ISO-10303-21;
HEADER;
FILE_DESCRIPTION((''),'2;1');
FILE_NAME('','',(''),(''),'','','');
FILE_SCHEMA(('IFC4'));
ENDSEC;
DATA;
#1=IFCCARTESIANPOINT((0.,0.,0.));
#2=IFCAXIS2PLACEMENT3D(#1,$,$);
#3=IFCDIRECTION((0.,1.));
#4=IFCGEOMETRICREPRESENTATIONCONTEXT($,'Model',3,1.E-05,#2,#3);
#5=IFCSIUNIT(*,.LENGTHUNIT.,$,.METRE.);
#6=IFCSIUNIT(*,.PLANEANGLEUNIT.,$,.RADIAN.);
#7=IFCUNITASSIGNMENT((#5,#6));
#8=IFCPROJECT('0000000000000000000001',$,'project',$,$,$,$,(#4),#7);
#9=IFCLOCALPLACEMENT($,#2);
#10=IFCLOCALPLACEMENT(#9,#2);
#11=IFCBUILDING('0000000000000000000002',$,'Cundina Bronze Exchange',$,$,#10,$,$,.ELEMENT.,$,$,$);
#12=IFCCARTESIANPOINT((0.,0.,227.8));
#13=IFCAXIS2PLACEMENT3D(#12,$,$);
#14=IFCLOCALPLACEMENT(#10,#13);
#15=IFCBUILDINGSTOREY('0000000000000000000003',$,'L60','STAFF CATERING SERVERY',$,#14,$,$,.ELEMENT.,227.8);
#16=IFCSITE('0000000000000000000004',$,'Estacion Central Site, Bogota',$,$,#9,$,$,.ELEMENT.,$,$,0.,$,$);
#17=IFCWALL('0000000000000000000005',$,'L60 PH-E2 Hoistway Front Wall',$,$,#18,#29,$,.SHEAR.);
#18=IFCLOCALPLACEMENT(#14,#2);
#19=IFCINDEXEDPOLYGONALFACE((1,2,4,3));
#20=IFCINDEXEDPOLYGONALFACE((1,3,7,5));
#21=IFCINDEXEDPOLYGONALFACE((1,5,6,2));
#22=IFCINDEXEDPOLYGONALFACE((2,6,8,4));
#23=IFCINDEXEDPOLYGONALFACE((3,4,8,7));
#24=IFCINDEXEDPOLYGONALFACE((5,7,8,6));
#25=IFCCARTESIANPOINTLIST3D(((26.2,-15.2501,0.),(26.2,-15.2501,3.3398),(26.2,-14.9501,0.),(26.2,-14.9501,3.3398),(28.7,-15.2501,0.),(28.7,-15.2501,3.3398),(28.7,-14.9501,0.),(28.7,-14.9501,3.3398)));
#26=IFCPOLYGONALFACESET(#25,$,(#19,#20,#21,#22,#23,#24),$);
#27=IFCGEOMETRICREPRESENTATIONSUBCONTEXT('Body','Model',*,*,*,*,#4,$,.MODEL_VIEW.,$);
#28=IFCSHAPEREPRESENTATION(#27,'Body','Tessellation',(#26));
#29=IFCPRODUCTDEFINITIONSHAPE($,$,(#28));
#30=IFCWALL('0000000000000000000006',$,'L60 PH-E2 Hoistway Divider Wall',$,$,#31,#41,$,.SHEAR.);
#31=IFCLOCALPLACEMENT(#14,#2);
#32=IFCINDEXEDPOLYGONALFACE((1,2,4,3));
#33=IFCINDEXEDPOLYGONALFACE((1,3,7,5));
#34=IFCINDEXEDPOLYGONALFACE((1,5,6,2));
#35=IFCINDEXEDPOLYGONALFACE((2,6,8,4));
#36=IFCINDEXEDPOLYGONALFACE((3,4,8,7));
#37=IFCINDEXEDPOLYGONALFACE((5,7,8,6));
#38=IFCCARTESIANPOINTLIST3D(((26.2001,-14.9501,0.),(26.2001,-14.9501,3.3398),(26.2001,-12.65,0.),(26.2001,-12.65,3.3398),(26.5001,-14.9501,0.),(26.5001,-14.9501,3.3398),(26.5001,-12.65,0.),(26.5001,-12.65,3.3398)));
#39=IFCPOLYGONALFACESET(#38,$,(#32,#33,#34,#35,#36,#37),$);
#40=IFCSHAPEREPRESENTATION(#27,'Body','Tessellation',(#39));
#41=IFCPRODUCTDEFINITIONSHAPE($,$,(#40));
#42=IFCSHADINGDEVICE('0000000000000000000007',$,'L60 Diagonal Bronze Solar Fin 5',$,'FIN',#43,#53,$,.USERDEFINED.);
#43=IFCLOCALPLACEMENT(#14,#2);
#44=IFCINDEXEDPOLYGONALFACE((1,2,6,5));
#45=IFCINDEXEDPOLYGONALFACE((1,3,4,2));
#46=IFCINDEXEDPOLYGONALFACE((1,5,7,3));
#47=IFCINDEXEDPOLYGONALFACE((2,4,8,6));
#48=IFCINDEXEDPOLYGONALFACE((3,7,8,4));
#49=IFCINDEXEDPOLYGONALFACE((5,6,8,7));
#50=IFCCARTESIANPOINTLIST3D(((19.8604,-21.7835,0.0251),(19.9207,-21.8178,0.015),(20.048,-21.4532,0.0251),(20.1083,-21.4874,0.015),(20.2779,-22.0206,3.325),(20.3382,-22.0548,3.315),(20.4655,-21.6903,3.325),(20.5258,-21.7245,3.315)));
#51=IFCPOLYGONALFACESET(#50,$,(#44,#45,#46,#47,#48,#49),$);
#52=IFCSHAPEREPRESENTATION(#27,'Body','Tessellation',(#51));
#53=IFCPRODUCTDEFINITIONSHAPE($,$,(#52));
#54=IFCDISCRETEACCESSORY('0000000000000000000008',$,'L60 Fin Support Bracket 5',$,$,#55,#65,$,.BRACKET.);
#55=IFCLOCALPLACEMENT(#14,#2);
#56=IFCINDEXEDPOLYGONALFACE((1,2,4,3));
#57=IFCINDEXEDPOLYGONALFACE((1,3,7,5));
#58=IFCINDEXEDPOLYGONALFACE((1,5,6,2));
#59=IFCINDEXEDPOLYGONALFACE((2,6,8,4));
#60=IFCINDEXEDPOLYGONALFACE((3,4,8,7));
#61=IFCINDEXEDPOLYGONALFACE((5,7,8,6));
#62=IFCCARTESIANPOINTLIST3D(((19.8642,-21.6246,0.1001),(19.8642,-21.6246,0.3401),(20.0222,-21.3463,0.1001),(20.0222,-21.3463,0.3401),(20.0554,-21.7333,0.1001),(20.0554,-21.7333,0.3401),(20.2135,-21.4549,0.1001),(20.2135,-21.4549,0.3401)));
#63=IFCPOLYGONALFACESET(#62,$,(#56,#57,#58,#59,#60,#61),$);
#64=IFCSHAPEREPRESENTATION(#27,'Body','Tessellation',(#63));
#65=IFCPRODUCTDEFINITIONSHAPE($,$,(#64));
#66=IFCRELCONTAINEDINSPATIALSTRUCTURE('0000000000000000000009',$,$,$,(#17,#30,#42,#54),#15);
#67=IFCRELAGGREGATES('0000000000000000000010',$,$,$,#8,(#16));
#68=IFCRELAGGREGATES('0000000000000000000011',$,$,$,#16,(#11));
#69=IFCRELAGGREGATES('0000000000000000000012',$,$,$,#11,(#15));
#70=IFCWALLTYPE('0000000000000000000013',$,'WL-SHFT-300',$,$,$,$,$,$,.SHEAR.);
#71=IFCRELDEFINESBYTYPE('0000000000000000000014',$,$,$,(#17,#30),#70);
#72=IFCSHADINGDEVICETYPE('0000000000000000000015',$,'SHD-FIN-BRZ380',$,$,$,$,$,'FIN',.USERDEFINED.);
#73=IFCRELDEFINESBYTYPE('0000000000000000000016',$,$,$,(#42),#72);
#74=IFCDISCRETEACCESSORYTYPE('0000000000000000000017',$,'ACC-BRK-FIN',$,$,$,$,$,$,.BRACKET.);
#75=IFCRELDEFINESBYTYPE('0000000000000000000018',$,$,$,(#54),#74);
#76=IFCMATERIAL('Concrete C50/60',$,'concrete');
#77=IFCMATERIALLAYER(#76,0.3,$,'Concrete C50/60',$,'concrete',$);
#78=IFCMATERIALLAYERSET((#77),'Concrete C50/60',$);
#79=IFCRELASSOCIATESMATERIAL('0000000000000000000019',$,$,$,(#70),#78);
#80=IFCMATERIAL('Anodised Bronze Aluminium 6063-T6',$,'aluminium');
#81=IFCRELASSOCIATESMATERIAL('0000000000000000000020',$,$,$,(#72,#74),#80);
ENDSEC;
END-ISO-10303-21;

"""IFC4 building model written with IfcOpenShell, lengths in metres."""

from ifc_helpers import new_model, si_unit, direction, frame, frame_2d, origin, origin_2d, place, context, subcontext, project, spatial, rectangle, extrude, material, layer, layer_set, material_profile, profile_set, type_object, element, save


model = new_model("IFC4")

# Units and contexts
model_context = context("Model", 3, precision=1e-05, world=origin(), true_north=direction((0.0, 1.0)))
body_context = subcontext(model_context, "Body", "Model", "MODEL_VIEW")
ifc_project = project(units=[si_unit("LENGTHUNIT", "METRE"), si_unit("PLANEANGLEUNIT", "RADIAN")], contexts=[model_context])

# Site, building, storey
site_placement = place(None, origin())
site = spatial("IfcSite", under=ifc_project, at=site_placement, Name="Estacion Central Site, Bogota", CompositionType="ELEMENT", RefElevation=0.0)
building_placement = place(site_placement, origin())
building = spatial("IfcBuilding", under=site, at=building_placement, Name="Cundina Bronze Exchange", CompositionType="ELEMENT")
storey_placement = place(building_placement, frame((0.0, 0.0, 227.8)))
storey = spatial("IfcBuildingStorey", under=building, at=storey_placement, Name="L60", Description="STAFF CATERING SERVERY", CompositionType="ELEMENT", Elevation=227.8)

# Shared definitions
ifc_material_1 = material(Name="Concrete C50/60", Category="concrete")

# Shared definitions
ifc_material_2 = material(Name="Anodised Bronze Aluminium 6063-T6", Category="aluminium")

# Walls
ifc_layer_1 = layer(ifc_material_1, 0.3, Name="Concrete C50/60", Category="concrete")
ifc_layer_set_1 = layer_set([ifc_layer_1], Name="Concrete C50/60")
wall_type_1 = type_object("IfcWallType", Name="WL-SHFT-300", PredefinedType="SHEAR", material=ifc_layer_set_1)
wall_1_placement = place(storey_placement, frame((26.2, -15.1001, 0.0), z_axis=(0.0, 0.0, 1.0), x_axis=(1.0, 0.0, 0.0)))
element("IfcWall", 1, at=wall_1_placement, inside=storey, type_object=wall_type_1, Name="L60 PH-E2 Hoistway Front Wall", PredefinedType="SHEAR", context=body_context, shape_type="SweptSolid", body=[
    extrude(rectangle(XDim=2.5, YDim=0.3, at=frame_2d((1.25, 0.0))), origin(), (0.0, 0.0, 1.0), 3.3398),
])
wall_2_placement = place(storey_placement, frame((26.3501, -14.95, 0.0), z_axis=(0.0, 0.0, 1.0), x_axis=(0.0, 1.0, 0.0)))
element("IfcWall", 2, at=wall_2_placement, inside=storey, type_object=wall_type_1, Name="L60 PH-E2 Hoistway Divider Wall", PredefinedType="SHEAR", context=body_context, shape_type="SweptSolid", body=[
    extrude(rectangle(XDim=2.3, YDim=0.3, at=frame_2d((1.1499, 0.0))), origin(), (0.0, 0.0, 1.0), 3.3398),
])

# Shading device
ifc_material_profile_1 = material_profile(ifc_material_2, rectangle(XDim=0.0701, YDim=0.3799, at=origin_2d()), Name="FIN70X380", Category="aluminium")
ifc_profile_set_1 = profile_set([ifc_material_profile_1], Name="Anodised Bronze Aluminium 6063-T6")
shading_device_type = type_object("IfcShadingDeviceType", Name="SHD-FIN-BRZ380", ElementType="FIN", PredefinedType="USERDEFINED", material=ifc_profile_set_1)
shading_device_placement = place(storey_placement, frame((19.9844, -21.6355, 0.02), z_axis=(0.12519, -0.071087, 0.989583), x_axis=(-0.860527, 0.488638, 0.143965)))
element("IfcShadingDevice", 3, at=shading_device_placement, inside=storey, type_object=shading_device_type, Name="L60 Diagonal Bronze Solar Fin 5", ObjectType="FIN", PredefinedType="USERDEFINED", context=body_context, shape_type="SweptSolid", body=[
    extrude(rectangle(XDim=0.0701, YDim=0.3799, at=origin_2d()), origin(), (0.0, 0.0, 1.0), 3.3347),
])

# Discrete accessory
discrete_accessory_type = type_object("IfcDiscreteAccessoryType", Name="ACC-BRK-FIN", PredefinedType="BRACKET", material=ifc_material_2)
discrete_accessory_placement = place(storey_placement, frame((20.0388, -21.5398, 0.1001), z_axis=(0.0, 0.0, 1.0), x_axis=(0.869573, -0.493805, 0.0)))
element("IfcDiscreteAccessory", 4, at=discrete_accessory_placement, inside=storey, type_object=discrete_accessory_type, Name="L60 Fin Support Bracket 5", PredefinedType="BRACKET", context=body_context, shape_type="SweptSolid", body=[
    extrude(rectangle(XDim=0.22, YDim=0.3201, at=origin_2d()), origin(), (0.0, 0.0, 1.0), 0.24),
])

save(model, "model.ifc")
